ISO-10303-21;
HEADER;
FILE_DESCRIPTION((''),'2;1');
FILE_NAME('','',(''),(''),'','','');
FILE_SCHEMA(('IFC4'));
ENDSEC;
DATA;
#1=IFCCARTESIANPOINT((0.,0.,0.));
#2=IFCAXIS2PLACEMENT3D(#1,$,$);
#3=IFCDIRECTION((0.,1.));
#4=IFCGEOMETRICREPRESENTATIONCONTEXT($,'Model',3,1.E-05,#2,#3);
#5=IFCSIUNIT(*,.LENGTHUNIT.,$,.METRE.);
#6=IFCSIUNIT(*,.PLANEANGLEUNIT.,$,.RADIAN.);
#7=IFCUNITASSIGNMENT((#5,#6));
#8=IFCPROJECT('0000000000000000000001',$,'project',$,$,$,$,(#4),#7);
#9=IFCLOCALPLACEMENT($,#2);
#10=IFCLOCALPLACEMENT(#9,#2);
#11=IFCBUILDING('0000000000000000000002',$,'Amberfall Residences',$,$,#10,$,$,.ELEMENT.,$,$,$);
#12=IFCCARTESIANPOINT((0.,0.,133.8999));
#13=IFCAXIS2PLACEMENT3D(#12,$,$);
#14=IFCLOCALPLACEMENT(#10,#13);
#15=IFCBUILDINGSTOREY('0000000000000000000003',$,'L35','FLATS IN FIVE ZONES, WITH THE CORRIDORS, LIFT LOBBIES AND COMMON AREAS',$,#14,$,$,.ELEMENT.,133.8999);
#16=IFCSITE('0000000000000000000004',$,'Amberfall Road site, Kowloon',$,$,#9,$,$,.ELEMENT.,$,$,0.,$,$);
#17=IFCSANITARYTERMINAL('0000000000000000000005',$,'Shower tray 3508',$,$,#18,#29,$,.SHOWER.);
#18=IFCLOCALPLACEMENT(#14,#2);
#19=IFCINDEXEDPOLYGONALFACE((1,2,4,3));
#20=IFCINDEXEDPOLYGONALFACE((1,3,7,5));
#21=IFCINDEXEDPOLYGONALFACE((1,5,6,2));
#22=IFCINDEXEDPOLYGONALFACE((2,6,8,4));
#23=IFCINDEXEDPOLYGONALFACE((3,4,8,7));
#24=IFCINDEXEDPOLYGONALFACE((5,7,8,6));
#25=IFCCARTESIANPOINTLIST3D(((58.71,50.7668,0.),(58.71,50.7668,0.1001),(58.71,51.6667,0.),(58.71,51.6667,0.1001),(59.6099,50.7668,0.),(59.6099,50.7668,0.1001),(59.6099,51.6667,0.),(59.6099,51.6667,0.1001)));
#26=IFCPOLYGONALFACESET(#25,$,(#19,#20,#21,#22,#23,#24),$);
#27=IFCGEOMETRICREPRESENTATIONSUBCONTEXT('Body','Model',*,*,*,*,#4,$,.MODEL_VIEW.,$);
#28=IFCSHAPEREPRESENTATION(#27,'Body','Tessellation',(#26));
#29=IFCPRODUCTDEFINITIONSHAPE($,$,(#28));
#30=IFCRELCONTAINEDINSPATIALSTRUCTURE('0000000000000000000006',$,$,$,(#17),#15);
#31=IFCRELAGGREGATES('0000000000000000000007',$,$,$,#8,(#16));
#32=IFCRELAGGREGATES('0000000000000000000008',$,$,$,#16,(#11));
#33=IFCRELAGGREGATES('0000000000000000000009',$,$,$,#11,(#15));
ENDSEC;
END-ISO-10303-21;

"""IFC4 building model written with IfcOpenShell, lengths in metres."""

from ifc_helpers import new_model, si_unit, direction, frame, origin, origin_2d, place, context, subcontext, project, spatial, rectangle, extrude, element, save


model = new_model("IFC4")

# Units and contexts
model_context = context("Model", 3, precision=1e-05, world=origin(), true_north=direction((0.0, 1.0)))
body_context = subcontext(model_context, "Body", "Model", "MODEL_VIEW")
ifc_project = project(units=[si_unit("LENGTHUNIT", "METRE"), si_unit("PLANEANGLEUNIT", "RADIAN")], contexts=[model_context])

# Site, building, storey
site_placement = place(None, origin())
site = spatial("IfcSite", under=ifc_project, at=site_placement, Name="Amberfall Road site, Kowloon", CompositionType="ELEMENT", RefElevation=0.0)
building_placement = place(site_placement, origin())
building = spatial("IfcBuilding", under=site, at=building_placement, Name="Amberfall Residences", CompositionType="ELEMENT")
storey_placement = place(building_placement, frame((0.0, 0.0, 133.8999)))
storey = spatial("IfcBuildingStorey", under=building, at=storey_placement, Name="L35", Description="FLATS IN FIVE ZONES, WITH THE CORRIDORS, LIFT LOBBIES AND COMMON AREAS", CompositionType="ELEMENT", Elevation=133.8999)

# Sanitary terminal
sanitary_terminal_1_placement = place(storey_placement, frame((59.1599, 51.2168, 0.0), z_axis=(0.0, 0.0, 1.0), x_axis=(1.0, 0.0, 0.0)))
element("IfcSanitaryTerminal", 1, at=sanitary_terminal_1_placement, inside=storey, Name="Shower tray 3508", PredefinedType="SHOWER", context=body_context, shape_type="SweptSolid", body=[
    extrude(rectangle(XDim=0.8999, YDim=0.8999, at=origin_2d()), origin(), (0.0, 0.0, 1.0), 0.1001),
])

save(model, "model.ifc")
